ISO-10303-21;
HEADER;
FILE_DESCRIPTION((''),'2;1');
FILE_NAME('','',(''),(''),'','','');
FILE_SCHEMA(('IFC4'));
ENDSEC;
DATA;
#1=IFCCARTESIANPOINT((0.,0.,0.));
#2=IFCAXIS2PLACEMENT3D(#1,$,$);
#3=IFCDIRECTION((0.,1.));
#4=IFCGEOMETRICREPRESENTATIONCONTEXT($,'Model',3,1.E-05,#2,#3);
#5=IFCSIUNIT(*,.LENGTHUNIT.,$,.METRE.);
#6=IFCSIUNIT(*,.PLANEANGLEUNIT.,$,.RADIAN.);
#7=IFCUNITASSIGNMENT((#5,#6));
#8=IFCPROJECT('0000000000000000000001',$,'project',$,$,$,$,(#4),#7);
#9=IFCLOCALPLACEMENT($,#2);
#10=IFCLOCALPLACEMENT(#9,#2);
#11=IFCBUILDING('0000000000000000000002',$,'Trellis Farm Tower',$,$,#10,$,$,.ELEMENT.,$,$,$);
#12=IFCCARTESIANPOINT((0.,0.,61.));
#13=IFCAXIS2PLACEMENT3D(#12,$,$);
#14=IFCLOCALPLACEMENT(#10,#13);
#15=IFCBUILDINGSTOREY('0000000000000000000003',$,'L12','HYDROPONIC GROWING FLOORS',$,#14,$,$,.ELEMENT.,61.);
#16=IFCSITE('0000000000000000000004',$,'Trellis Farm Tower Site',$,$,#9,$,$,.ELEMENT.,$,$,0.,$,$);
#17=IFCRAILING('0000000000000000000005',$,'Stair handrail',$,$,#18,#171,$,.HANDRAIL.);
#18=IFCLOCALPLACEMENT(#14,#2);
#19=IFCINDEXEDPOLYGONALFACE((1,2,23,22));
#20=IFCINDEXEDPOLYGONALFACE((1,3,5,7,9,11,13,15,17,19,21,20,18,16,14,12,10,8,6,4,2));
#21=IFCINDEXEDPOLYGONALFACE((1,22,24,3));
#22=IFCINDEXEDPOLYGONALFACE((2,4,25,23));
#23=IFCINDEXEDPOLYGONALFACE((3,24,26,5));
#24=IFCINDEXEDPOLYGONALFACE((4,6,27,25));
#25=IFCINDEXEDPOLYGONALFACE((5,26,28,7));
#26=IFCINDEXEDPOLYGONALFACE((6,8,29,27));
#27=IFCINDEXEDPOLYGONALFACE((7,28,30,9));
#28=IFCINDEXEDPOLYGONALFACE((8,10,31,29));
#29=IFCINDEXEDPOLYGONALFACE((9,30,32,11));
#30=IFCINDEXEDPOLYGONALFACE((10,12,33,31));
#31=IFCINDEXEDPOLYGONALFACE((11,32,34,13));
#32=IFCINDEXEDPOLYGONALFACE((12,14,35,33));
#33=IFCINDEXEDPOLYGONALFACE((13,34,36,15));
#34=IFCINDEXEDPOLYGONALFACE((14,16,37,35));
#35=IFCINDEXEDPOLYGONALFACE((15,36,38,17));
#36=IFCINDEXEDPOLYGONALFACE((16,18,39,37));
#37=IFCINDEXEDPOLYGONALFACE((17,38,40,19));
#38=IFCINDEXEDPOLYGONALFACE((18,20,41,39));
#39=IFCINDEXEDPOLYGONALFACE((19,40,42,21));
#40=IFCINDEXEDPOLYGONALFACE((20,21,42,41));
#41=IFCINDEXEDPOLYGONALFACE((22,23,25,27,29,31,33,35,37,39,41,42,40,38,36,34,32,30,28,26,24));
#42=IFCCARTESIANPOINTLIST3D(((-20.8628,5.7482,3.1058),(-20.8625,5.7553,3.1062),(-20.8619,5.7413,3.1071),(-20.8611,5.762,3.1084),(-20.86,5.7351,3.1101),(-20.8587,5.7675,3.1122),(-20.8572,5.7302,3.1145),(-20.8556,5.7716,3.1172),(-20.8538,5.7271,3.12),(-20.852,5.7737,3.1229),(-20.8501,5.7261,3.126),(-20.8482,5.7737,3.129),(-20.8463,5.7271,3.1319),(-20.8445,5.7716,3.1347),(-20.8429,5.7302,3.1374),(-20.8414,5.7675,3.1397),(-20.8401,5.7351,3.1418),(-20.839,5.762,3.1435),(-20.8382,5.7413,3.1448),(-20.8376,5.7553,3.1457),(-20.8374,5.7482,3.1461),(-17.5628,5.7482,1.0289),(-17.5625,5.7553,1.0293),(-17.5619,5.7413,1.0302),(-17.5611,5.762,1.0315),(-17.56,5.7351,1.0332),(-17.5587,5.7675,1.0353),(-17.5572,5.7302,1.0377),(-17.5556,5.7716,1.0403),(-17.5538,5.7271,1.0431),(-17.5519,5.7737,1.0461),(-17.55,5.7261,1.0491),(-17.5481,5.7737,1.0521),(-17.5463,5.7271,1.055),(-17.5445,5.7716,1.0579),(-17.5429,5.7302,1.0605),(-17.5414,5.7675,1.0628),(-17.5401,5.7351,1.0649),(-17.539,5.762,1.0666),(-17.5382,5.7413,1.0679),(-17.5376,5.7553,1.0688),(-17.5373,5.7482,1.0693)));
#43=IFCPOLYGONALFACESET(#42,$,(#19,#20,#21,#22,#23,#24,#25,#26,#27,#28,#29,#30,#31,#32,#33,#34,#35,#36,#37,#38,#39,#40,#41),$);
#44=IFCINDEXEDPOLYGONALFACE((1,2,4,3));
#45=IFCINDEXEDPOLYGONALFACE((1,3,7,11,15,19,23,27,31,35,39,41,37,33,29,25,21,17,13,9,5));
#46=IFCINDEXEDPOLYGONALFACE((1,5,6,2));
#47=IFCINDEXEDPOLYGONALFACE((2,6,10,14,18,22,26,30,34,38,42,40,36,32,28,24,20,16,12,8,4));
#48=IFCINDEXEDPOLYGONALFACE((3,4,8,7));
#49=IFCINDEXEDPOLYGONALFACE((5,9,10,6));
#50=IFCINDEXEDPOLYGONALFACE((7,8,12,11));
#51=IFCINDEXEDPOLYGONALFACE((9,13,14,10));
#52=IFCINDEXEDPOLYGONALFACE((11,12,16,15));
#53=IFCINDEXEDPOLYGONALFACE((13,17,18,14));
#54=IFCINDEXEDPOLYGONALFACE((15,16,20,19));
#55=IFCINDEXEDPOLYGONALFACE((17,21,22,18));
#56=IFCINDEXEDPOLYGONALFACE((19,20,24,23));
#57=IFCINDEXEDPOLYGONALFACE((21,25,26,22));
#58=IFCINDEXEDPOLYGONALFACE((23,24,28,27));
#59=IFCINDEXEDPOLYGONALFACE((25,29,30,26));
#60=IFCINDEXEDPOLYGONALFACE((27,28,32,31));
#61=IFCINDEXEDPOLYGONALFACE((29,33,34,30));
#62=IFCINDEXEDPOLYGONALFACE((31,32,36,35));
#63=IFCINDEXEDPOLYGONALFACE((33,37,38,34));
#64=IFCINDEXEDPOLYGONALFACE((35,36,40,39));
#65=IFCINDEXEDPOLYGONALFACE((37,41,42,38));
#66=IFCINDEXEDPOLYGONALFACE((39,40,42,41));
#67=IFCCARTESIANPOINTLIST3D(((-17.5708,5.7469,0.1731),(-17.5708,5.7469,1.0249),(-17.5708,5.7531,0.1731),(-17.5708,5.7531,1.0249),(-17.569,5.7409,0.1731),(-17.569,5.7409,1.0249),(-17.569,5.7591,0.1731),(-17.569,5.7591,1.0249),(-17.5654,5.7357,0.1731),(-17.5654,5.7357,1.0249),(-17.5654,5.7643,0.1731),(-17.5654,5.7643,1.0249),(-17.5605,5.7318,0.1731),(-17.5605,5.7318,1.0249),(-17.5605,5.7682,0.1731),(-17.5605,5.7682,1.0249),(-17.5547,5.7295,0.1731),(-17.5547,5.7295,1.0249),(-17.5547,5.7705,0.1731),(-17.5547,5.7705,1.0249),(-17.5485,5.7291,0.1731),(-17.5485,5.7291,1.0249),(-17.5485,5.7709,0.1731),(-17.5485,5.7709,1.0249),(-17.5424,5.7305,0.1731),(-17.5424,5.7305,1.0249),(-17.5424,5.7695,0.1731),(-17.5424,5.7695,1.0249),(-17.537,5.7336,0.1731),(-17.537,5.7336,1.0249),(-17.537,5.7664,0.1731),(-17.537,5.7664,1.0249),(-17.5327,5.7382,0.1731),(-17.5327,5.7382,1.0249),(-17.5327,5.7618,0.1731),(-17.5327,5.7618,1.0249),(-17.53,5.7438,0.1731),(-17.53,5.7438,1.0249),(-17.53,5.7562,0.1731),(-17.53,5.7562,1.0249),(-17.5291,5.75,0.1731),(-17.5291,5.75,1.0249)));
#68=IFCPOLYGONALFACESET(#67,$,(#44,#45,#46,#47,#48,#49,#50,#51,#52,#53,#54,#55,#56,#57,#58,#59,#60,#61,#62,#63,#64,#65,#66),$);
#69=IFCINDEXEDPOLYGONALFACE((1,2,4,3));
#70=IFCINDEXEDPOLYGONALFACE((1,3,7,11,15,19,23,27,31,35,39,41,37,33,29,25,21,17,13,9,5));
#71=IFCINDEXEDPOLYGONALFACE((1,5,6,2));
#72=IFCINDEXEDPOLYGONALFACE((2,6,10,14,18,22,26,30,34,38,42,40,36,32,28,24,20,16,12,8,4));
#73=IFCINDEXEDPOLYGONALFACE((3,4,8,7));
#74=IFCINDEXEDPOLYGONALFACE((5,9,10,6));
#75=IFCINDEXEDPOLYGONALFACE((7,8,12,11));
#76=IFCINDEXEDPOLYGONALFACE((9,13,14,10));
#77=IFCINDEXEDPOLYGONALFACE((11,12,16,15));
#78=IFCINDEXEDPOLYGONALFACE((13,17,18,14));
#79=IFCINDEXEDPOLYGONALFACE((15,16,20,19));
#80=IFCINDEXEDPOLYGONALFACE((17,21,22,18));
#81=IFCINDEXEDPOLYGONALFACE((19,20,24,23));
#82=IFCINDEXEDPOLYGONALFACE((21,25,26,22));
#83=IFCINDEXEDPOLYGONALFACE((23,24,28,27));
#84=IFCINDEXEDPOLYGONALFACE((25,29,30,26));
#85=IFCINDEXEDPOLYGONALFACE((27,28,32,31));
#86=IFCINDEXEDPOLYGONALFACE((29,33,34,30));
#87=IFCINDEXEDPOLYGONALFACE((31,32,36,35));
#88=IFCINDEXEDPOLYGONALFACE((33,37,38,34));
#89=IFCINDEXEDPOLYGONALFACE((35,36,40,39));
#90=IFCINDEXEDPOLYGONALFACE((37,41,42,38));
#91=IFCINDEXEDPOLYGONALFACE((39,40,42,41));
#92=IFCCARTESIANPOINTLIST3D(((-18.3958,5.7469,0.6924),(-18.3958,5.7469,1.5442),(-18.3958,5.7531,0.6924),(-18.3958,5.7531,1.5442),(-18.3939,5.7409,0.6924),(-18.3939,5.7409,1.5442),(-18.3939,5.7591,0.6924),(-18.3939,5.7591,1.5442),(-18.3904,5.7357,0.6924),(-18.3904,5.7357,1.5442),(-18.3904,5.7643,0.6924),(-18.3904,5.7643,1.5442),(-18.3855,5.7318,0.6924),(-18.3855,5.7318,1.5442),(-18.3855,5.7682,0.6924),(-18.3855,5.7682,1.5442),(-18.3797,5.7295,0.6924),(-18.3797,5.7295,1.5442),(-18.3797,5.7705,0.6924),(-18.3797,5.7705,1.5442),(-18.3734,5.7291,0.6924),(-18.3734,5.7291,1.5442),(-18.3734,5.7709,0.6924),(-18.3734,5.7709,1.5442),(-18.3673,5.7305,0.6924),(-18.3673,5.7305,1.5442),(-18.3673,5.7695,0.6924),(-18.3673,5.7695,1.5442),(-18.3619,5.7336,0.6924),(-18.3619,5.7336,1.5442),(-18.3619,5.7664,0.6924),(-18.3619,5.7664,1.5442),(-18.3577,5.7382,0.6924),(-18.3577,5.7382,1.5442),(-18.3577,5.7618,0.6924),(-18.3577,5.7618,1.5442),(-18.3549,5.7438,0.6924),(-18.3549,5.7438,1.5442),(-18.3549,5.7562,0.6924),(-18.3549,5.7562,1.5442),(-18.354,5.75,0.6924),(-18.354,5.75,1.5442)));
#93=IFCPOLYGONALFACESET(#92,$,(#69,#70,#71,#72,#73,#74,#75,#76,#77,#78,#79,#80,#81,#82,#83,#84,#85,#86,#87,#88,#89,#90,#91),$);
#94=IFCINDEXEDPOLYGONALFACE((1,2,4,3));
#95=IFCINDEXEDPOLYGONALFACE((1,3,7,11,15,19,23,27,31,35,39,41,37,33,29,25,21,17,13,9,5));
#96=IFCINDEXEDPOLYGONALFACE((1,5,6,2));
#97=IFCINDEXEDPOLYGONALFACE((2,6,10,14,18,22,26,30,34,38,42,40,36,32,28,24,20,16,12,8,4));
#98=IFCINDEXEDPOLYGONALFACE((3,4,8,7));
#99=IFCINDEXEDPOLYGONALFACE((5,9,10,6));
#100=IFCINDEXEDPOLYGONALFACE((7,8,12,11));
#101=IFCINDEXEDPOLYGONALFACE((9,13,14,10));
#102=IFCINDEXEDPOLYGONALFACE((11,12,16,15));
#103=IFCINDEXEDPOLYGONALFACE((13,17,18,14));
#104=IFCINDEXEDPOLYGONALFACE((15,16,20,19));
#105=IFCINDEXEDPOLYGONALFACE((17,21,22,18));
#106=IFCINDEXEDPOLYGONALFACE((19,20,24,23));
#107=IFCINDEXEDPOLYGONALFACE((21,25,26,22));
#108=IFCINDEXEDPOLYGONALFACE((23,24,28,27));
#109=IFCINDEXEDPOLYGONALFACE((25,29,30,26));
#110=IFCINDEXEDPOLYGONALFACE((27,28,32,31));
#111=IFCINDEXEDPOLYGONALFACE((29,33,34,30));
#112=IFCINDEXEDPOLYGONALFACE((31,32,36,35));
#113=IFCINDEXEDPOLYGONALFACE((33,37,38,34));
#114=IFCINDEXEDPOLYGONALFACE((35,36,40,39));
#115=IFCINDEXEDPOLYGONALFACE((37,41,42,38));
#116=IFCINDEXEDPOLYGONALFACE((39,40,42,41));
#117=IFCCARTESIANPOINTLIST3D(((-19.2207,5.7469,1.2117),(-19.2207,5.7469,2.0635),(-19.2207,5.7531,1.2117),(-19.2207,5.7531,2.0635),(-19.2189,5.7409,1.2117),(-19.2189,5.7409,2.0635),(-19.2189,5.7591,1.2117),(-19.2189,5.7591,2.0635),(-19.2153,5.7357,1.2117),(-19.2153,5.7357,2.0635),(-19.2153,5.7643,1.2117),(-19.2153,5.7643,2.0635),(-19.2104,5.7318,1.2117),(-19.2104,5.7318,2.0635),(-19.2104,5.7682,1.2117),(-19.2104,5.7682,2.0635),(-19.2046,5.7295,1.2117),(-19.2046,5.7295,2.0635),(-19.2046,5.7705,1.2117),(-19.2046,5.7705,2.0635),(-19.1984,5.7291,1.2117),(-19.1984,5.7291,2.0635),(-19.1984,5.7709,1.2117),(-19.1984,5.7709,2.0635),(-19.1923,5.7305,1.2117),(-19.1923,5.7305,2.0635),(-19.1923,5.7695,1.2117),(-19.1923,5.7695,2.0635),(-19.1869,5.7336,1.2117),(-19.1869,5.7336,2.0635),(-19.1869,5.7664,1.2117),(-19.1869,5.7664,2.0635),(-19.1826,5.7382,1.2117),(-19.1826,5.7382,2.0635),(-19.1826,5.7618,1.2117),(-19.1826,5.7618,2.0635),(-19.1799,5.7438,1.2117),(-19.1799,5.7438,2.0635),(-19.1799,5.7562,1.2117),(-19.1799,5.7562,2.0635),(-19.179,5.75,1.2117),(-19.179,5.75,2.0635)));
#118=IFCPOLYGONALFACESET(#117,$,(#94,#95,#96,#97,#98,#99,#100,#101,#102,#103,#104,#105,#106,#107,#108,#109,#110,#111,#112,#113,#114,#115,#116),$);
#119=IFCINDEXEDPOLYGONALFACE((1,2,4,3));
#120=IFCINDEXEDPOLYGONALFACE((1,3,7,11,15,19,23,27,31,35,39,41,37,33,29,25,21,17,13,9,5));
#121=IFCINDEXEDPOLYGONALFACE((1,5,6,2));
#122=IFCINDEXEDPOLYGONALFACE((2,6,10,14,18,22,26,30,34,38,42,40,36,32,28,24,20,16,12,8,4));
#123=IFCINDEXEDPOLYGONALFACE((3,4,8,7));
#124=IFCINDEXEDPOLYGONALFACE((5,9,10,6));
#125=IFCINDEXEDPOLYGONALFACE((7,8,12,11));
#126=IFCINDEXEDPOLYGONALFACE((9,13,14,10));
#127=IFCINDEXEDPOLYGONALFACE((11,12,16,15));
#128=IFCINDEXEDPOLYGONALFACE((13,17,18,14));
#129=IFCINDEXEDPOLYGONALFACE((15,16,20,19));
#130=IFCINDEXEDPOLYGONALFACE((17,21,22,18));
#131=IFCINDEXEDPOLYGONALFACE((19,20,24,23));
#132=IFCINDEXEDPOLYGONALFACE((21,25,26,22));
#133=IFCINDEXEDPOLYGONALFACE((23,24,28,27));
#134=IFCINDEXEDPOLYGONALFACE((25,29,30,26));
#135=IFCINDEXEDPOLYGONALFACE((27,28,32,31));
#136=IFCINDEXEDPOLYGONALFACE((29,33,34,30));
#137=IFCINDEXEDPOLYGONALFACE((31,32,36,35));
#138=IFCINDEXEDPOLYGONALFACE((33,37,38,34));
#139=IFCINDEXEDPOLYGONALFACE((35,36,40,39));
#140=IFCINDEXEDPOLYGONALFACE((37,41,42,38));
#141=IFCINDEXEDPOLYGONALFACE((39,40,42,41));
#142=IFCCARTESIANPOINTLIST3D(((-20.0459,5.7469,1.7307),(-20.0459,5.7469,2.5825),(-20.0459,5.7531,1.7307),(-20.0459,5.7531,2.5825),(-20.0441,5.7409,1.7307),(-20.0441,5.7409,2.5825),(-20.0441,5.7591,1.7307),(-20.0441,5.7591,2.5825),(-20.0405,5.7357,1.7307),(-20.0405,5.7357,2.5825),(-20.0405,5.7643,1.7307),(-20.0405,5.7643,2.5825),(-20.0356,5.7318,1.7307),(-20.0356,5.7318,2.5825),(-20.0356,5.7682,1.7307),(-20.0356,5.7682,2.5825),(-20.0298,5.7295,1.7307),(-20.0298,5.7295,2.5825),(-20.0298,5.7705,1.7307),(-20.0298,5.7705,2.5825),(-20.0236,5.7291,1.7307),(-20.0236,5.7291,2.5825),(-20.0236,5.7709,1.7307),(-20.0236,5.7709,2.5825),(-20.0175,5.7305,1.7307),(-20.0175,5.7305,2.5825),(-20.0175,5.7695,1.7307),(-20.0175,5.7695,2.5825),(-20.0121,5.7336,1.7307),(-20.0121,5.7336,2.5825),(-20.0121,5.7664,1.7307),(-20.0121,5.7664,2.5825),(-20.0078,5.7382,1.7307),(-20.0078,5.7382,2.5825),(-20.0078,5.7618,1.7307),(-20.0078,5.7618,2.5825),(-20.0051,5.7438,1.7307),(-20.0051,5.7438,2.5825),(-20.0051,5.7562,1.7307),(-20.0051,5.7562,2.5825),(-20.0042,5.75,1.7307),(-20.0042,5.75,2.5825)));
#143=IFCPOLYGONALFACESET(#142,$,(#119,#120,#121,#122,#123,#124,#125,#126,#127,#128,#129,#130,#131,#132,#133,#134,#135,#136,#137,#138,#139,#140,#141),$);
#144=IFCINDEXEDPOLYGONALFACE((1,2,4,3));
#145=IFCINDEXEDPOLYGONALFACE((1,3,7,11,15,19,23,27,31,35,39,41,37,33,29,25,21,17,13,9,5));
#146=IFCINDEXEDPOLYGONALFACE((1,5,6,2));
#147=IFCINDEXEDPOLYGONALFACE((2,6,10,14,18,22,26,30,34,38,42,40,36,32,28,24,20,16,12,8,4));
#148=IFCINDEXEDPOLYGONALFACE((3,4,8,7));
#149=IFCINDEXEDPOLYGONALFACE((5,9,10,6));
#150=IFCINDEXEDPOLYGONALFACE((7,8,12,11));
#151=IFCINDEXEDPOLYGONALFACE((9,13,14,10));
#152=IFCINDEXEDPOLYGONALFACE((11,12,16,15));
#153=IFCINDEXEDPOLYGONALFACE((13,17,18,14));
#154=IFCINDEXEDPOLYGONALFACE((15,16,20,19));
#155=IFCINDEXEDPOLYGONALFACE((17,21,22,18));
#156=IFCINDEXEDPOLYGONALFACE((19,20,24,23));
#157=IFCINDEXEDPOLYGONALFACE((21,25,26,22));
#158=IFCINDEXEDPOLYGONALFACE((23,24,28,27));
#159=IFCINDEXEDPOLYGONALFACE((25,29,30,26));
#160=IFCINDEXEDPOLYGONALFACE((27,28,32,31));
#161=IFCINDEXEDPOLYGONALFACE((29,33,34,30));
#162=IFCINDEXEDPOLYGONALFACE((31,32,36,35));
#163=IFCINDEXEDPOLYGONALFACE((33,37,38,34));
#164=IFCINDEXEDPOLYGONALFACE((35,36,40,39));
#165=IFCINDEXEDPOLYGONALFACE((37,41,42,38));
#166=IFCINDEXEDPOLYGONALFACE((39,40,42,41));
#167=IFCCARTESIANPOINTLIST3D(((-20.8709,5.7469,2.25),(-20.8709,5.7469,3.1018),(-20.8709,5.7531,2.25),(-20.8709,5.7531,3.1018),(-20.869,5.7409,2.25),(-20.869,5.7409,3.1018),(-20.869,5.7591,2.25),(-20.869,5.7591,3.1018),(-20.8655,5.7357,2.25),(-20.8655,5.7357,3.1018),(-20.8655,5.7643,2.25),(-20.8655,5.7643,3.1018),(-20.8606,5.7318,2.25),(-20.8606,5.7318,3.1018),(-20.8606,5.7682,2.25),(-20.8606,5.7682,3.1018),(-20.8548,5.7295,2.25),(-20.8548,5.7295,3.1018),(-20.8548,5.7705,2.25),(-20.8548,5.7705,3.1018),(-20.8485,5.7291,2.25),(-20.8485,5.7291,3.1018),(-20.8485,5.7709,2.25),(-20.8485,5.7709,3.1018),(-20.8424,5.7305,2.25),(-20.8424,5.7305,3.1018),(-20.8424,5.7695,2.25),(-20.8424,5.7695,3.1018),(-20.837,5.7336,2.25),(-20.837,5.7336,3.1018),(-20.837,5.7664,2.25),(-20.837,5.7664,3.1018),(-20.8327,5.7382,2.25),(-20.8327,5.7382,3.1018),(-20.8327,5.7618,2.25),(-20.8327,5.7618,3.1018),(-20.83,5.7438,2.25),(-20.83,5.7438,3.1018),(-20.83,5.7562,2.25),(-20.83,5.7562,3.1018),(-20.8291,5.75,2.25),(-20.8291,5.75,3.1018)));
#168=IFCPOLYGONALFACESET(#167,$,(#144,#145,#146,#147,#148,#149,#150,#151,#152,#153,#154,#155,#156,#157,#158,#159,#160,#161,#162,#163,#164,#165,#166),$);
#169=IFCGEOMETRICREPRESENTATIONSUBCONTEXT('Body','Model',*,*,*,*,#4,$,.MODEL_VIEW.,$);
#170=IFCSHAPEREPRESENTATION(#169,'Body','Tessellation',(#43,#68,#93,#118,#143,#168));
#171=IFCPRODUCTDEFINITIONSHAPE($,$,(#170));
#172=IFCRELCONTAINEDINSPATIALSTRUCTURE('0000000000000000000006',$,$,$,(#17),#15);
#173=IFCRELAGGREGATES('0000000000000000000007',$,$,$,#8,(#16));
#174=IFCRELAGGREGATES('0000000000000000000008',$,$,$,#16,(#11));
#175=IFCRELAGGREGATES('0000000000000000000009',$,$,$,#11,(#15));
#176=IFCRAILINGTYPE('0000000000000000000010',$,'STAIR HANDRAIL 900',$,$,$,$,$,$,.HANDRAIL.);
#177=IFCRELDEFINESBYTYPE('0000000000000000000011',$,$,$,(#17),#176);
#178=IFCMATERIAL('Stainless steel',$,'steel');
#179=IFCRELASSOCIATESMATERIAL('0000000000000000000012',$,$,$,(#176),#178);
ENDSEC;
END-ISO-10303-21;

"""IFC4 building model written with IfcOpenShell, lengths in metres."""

from ifc_helpers import new_model, si_unit, direction, frame, origin, origin_2d, place, context, subcontext, project, spatial, circle, extrude, source, transform, mapped, material, type_object, element, save


model = new_model("IFC4")

# Units and contexts
model_context = context("Model", 3, precision=1e-05, world=origin(), true_north=direction((0.0, 1.0)))
body_context = subcontext(model_context, "Body", "Model", "MODEL_VIEW")
ifc_project = project(units=[si_unit("LENGTHUNIT", "METRE"), si_unit("PLANEANGLEUNIT", "RADIAN")], contexts=[model_context])

# Site, building, storey
site_placement = place(None, origin())
site = spatial("IfcSite", under=ifc_project, at=site_placement, Name="Trellis Farm Tower Site", CompositionType="ELEMENT", RefElevation=0.0)
building_placement = place(site_placement, origin())
building = spatial("IfcBuilding", under=site, at=building_placement, Name="Trellis Farm Tower", CompositionType="ELEMENT")
storey_placement = place(building_placement, frame((0.0, 0.0, 61.0)))
storey = spatial("IfcBuildingStorey", under=building, at=storey_placement, Name="L12", Description="HYDROPONIC GROWING FLOORS", CompositionType="ELEMENT", Elevation=61.0)

# Railing
ifc_material_1 = material(Name="Stainless steel", Category="steel")
railing_type = type_object("IfcRailingType", Name="STAIR HANDRAIL 900", PredefinedType="HANDRAIL", material=ifc_material_1)
shared_shape_1 = source(origin(), body_context, "Body", "SweptSolid", [
    extrude(circle(Radius=0.0239, at=origin_2d()), frame((0.0, 0.0, 0.876), z_axis=(-0.846337, 0.0, 0.532647), x_axis=(0.0, -1.0, 0.0)), (0.0, 0.0, 1.0), 3.8992),
    extrude(circle(Radius=0.021, at=origin_2d()), origin(), (0.0, 0.0, 1.0), 0.8518),
    extrude(circle(Radius=0.021, at=origin_2d()), frame((-0.825, 0.0, 0.5193)), (0.0, 0.0, 1.0), 0.8518),
    extrude(circle(Radius=0.021, at=origin_2d()), frame((-1.6499, 0.0, 1.0386)), (0.0, 0.0, 1.0), 0.8518),
    extrude(circle(Radius=0.021, at=origin_2d()), frame((-2.4751, 0.0, 1.5576)), (0.0, 0.0, 1.0), 0.8518),
    extrude(circle(Radius=0.021, at=origin_2d()), frame((-3.3, 0.0, 2.0769)), (0.0, 0.0, 1.0), 0.8518),
])
for number, where, name in (
    (1, (-17.55, 5.75, 0.1731), "Stair handrail"),
):
    element("IfcRailing", number, at=place(storey_placement, frame(where)), inside=storey, type_object=railing_type, Name=name, PredefinedType="HANDRAIL", context=body_context, shape_type="MappedRepresentation", body=[
        mapped(shared_shape_1, transform((0.0, 0.0, 0.0))),
    ])

save(model, "model.ifc")
